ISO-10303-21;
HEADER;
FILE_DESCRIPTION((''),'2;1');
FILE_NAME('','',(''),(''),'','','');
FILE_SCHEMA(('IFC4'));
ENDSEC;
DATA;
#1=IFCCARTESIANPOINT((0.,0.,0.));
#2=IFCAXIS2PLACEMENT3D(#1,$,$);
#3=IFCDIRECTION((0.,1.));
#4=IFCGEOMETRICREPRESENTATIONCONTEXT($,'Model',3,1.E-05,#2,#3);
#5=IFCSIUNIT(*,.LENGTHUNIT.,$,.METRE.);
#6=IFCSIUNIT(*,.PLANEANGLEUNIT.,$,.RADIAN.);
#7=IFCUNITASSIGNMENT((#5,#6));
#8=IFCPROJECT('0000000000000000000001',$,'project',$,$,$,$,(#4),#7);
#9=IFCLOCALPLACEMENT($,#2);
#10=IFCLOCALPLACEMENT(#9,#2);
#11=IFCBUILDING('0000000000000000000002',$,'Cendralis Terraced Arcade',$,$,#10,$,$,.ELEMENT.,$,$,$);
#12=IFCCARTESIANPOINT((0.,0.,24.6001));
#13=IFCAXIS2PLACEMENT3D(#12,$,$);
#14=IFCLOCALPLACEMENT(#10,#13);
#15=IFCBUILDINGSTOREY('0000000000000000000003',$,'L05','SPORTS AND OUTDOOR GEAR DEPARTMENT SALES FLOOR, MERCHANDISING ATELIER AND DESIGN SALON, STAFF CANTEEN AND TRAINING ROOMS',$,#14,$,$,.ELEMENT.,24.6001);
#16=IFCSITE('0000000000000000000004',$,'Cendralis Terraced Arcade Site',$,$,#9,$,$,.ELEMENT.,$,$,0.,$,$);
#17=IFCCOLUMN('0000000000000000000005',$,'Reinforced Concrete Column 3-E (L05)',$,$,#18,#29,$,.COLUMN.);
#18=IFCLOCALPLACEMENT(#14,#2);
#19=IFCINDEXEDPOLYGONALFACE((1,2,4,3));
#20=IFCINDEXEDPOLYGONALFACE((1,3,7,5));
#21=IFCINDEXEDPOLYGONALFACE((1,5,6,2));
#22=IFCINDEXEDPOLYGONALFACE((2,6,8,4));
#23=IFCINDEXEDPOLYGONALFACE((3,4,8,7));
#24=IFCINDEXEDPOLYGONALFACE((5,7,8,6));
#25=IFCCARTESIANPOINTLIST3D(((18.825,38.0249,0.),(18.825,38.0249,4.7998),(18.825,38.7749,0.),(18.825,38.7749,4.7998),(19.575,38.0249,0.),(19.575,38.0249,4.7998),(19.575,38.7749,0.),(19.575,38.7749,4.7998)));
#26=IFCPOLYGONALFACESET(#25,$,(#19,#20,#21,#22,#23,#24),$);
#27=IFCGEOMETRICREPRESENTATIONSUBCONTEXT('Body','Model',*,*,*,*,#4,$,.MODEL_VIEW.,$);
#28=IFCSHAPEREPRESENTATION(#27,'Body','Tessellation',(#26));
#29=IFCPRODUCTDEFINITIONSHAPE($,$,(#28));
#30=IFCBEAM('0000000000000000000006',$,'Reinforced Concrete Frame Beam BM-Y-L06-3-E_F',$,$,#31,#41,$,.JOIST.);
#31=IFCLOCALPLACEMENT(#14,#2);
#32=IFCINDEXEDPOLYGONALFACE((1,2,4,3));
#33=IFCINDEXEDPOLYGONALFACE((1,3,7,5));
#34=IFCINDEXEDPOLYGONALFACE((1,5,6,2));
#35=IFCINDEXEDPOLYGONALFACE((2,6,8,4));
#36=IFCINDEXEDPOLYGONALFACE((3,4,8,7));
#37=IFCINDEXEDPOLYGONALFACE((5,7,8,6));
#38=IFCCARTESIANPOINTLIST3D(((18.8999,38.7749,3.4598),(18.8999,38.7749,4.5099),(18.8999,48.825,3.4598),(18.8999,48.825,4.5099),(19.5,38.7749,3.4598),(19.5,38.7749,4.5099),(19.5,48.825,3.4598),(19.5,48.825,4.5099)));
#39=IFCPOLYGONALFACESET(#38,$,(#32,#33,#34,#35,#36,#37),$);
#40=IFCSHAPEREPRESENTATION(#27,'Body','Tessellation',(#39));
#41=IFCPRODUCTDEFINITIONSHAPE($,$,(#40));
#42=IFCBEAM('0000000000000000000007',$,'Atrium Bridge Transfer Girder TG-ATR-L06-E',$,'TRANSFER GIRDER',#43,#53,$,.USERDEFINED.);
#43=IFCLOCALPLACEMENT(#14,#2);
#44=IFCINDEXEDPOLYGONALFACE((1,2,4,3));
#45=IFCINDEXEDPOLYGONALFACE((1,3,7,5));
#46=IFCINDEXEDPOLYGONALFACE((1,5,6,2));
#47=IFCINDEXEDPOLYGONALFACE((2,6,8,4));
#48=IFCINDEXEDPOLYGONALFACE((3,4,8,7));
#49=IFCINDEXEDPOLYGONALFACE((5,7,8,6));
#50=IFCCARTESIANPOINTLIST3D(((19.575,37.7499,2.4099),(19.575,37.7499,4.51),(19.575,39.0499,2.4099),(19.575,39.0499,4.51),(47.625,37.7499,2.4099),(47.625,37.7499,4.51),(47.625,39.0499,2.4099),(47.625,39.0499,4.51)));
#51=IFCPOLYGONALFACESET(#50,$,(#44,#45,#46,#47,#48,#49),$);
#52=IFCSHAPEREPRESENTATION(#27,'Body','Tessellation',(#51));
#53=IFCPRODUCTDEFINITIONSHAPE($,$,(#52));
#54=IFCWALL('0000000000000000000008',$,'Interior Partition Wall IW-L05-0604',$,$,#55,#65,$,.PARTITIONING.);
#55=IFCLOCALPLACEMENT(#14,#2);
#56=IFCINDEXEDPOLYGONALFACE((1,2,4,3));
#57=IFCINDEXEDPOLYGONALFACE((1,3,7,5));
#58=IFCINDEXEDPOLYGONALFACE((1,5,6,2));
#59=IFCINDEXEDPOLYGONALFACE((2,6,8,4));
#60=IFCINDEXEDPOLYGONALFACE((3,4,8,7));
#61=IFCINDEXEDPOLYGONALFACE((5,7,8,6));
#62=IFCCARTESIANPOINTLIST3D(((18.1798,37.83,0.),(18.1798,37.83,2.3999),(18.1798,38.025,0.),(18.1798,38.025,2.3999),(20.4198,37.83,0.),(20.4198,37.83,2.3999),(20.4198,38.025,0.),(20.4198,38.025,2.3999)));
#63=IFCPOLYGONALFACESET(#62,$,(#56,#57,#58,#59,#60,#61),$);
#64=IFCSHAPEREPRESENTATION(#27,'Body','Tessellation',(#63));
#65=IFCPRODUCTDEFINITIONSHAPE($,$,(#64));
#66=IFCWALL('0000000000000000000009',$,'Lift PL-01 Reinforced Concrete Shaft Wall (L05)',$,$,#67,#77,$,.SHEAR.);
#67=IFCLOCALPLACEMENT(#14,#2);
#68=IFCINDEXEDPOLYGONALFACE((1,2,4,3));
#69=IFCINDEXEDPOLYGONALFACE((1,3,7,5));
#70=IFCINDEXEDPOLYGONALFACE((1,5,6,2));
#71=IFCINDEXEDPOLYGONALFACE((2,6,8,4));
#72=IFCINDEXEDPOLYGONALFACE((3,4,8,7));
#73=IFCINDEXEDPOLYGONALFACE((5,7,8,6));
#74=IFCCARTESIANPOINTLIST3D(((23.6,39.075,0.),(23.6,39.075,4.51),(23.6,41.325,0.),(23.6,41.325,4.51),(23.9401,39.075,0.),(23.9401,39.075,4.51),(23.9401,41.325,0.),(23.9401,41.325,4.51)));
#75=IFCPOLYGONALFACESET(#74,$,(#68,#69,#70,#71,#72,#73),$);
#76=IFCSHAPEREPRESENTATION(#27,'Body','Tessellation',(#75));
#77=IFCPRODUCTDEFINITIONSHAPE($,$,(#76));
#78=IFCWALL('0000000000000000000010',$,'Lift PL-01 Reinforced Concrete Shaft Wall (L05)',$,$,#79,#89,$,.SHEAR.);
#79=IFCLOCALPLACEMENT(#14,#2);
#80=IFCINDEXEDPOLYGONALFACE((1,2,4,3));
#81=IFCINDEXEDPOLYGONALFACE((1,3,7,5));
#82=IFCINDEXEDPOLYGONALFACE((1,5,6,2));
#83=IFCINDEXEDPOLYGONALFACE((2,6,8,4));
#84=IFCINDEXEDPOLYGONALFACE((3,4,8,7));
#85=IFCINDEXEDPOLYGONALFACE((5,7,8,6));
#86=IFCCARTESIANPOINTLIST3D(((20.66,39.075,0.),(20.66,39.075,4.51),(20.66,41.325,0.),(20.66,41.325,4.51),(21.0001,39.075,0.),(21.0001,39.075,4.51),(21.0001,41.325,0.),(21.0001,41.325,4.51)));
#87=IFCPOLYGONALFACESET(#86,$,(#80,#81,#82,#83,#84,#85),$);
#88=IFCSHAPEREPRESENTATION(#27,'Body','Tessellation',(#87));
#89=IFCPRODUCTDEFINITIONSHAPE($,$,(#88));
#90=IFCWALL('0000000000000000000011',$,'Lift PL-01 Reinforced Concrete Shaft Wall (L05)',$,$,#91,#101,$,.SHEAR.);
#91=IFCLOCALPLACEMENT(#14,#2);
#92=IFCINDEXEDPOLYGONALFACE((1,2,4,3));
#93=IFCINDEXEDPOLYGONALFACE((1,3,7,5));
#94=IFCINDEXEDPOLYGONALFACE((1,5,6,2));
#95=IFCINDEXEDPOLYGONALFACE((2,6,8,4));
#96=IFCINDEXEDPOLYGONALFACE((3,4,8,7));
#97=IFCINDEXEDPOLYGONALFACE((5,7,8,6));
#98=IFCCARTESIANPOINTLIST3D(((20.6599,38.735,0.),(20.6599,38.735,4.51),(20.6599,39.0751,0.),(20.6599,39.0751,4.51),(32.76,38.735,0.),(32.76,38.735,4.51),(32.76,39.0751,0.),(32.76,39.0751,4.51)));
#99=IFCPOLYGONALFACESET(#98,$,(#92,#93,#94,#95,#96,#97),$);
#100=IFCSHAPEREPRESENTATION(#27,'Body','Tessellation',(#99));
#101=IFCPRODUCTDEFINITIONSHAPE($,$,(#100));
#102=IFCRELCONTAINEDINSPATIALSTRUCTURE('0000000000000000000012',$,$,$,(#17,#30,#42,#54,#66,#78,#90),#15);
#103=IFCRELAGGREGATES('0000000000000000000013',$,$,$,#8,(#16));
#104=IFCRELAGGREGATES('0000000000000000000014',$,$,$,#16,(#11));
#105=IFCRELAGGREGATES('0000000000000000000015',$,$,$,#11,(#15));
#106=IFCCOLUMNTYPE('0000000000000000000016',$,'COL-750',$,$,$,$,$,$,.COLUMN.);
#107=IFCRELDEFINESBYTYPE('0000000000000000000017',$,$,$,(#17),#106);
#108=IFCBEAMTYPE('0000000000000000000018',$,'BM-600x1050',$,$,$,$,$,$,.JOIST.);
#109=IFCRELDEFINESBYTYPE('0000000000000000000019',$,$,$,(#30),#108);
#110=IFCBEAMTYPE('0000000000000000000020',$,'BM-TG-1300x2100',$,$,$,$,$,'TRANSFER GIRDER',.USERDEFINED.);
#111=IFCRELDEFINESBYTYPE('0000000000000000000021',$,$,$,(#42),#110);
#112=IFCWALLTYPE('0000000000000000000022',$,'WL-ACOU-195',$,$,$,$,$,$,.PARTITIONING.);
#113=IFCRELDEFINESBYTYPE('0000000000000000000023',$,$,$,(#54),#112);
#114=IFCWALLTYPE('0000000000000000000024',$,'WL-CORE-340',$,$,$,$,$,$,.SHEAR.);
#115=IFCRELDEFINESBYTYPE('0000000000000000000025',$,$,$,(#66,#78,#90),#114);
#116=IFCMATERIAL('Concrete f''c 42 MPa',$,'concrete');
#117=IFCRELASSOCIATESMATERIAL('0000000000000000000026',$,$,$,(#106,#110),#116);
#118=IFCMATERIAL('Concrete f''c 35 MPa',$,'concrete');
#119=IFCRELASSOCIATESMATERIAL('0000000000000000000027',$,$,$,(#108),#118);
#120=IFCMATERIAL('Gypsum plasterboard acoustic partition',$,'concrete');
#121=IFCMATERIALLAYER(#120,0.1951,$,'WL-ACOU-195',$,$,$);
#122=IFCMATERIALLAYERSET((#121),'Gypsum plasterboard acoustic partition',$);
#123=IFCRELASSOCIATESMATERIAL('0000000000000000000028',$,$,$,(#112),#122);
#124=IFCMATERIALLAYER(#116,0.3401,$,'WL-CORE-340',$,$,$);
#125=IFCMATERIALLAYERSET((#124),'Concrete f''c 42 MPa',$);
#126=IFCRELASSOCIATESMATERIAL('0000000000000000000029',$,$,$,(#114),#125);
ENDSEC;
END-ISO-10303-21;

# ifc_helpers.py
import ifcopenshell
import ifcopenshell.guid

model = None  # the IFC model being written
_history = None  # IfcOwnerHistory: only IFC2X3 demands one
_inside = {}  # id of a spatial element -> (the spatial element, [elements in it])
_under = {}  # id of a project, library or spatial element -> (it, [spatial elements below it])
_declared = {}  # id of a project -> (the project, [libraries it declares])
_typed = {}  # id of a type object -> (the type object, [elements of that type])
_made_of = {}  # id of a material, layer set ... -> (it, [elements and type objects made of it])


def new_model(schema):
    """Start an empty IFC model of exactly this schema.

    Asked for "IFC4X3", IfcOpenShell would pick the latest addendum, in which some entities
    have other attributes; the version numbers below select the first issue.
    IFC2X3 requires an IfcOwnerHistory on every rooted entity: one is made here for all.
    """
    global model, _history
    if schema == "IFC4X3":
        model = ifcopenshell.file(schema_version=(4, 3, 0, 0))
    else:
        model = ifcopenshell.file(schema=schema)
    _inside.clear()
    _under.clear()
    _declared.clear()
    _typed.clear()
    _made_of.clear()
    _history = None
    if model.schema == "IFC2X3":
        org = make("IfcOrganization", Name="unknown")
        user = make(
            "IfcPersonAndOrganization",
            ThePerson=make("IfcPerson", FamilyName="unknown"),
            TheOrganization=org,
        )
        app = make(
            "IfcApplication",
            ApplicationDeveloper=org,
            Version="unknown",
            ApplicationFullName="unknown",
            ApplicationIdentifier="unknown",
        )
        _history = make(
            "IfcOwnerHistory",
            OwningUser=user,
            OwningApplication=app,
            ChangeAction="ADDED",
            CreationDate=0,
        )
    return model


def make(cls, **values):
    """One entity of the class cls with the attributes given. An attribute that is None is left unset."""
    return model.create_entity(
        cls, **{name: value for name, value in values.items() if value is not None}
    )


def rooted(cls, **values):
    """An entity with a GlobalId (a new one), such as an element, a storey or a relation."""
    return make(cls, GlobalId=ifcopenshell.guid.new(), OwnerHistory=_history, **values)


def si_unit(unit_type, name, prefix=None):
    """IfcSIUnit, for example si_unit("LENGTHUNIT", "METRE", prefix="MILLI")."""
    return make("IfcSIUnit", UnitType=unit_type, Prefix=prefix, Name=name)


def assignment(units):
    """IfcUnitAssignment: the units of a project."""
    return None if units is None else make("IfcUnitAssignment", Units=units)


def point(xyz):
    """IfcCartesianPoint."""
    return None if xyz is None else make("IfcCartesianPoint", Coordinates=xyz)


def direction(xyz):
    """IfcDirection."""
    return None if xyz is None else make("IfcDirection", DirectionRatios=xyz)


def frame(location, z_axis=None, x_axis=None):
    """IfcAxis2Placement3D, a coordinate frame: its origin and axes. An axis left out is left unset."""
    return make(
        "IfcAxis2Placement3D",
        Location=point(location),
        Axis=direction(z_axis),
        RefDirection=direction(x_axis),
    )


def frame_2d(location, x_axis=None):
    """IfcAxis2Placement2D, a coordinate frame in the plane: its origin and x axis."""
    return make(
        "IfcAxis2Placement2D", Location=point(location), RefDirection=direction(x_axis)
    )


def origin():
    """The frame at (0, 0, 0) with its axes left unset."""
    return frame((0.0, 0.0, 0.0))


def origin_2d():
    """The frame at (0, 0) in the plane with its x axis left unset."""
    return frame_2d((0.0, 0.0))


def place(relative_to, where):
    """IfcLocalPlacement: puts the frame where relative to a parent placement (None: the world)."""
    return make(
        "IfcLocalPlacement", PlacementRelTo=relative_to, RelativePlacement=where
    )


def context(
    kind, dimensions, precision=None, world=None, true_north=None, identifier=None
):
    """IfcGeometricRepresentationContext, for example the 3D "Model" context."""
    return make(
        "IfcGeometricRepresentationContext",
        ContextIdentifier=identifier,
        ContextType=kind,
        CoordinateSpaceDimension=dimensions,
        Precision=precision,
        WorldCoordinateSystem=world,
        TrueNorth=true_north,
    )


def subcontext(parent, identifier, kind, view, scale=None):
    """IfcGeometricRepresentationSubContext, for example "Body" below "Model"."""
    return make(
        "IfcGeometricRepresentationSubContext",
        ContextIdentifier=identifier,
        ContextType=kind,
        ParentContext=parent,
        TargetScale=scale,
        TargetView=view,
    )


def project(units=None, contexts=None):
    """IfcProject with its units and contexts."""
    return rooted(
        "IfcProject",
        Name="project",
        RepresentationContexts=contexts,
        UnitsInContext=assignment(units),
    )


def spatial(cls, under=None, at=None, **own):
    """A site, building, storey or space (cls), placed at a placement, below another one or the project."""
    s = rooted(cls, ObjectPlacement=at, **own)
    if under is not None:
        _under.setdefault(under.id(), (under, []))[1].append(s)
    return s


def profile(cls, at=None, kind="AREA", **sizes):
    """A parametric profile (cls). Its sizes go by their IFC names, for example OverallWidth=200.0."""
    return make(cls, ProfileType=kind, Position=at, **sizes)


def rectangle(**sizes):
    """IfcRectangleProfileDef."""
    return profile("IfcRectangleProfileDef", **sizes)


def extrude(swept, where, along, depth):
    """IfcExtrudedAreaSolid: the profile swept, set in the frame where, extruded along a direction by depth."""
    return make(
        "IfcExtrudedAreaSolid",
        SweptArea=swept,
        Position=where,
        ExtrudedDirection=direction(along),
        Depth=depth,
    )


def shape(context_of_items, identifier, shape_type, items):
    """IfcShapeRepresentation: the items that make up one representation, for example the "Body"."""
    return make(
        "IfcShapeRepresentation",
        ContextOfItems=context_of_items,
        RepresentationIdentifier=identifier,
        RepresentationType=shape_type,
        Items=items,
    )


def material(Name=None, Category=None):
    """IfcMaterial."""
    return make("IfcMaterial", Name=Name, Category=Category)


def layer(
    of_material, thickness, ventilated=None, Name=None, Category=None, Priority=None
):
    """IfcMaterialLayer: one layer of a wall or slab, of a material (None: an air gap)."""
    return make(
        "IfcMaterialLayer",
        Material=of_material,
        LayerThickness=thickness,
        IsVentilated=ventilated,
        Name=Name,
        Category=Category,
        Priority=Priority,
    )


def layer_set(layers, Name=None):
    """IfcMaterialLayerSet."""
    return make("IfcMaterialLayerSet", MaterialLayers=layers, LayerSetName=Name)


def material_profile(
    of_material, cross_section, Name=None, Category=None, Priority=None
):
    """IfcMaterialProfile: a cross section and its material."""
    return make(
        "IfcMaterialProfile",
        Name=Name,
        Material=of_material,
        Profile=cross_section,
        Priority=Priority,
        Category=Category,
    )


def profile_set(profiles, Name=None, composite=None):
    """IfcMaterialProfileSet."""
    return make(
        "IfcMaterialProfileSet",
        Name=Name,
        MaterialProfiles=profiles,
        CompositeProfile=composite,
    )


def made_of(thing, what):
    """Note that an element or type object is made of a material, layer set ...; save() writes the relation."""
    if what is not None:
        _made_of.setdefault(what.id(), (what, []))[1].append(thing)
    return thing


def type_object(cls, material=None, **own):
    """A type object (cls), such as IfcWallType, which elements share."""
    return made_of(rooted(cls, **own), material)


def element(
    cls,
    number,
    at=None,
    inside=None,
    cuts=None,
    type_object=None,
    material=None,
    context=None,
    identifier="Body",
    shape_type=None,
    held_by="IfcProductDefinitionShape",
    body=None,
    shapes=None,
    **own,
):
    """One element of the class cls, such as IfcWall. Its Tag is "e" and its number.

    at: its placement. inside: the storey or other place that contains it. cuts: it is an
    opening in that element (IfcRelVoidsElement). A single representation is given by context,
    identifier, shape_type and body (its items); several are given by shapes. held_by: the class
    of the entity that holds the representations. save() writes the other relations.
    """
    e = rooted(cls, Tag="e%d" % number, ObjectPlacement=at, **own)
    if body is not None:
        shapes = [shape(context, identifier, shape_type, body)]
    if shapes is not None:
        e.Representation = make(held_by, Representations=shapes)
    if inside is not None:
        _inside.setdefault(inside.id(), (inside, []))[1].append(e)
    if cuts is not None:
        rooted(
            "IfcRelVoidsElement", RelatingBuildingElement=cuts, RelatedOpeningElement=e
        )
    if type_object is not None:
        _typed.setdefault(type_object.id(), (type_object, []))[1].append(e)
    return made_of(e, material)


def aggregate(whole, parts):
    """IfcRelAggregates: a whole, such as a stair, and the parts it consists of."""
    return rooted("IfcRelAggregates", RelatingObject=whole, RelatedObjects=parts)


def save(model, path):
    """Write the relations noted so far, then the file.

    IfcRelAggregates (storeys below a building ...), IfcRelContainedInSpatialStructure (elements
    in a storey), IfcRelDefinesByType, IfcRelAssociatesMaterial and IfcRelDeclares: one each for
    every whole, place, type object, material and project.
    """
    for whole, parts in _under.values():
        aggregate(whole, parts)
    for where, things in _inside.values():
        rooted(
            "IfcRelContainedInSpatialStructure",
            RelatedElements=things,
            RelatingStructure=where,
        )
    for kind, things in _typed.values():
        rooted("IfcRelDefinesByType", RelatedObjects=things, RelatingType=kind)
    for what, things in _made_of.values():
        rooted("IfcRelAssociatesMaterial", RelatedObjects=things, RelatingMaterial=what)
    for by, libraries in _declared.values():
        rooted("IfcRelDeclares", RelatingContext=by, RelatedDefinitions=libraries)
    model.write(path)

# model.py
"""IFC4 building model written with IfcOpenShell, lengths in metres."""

from ifc_helpers import new_model, si_unit, direction, frame, frame_2d, origin, origin_2d, place, context, subcontext, project, spatial, rectangle, extrude, material, layer, layer_set, material_profile, profile_set, type_object, element, save


model = new_model("IFC4")

# Units and contexts
model_context = context("Model", 3, precision=1e-05, world=origin(), true_north=direction((0.0, 1.0)))
body_context = subcontext(model_context, "Body", "Model", "MODEL_VIEW")
ifc_project = project(units=[si_unit("LENGTHUNIT", "METRE"), si_unit("PLANEANGLEUNIT", "RADIAN")], contexts=[model_context])

# Site, building, storey
site_placement = place(None, origin())
site = spatial("IfcSite", under=ifc_project, at=site_placement, Name="Cendralis Terraced Arcade Site", CompositionType="ELEMENT", RefElevation=0.0)
building_placement = place(site_placement, origin())
building = spatial("IfcBuilding", under=site, at=building_placement, Name="Cendralis Terraced Arcade", CompositionType="ELEMENT")
storey_placement = place(building_placement, frame((0.0, 0.0, 24.6001)))
storey = spatial("IfcBuildingStorey", under=building, at=storey_placement, Name="L05", Description="SPORTS AND OUTDOOR GEAR DEPARTMENT SALES FLOOR, MERCHANDISING ATELIER AND DESIGN SALON, STAFF CANTEEN AND TRAINING ROOMS", CompositionType="ELEMENT", Elevation=24.6001)

# Column
ifc_material_1 = material(Name="Concrete f'c 42 MPa", Category="concrete")
ifc_material_profile_1 = material_profile(ifc_material_1, rectangle(XDim=0.75, YDim=0.75, at=origin_2d()), Name="RC-COL-750x750", Category="LoadBearing")
ifc_profile_set_1 = profile_set([ifc_material_profile_1], Name="Concrete f'c 42 MPa")
column_type = type_object("IfcColumnType", Name="COL-750", PredefinedType="COLUMN", material=ifc_profile_set_1)
column_placement = place(storey_placement, frame((19.2, 38.3999, 0.0), z_axis=(0.0, 0.0, 1.0), x_axis=(1.0, 0.0, 0.0)))
element("IfcColumn", 1, at=column_placement, inside=storey, type_object=column_type, Name="Reinforced Concrete Column 3-E (L05)", PredefinedType="COLUMN", context=body_context, shape_type="SweptSolid", body=[
    extrude(rectangle(XDim=0.75, YDim=0.75, at=origin_2d()), origin(), (0.0, 0.0, 1.0), 4.7998),
])

# Beams
ifc_material_2 = material(Name="Concrete f'c 35 MPa", Category="concrete")
ifc_material_profile_2 = material_profile(ifc_material_2, rectangle(XDim=0.6001, YDim=1.05, at=origin_2d()), Name="RC-BM-600x1050", Category="LoadBearing")
ifc_profile_set_2 = profile_set([ifc_material_profile_2], Name="Concrete f'c 35 MPa")
beam_type_1 = type_object("IfcBeamType", Name="BM-600x1050", PredefinedType="JOIST", material=ifc_profile_set_2)
beam_1_placement = place(storey_placement, frame((19.2, 38.7749, 3.9849), z_axis=(0.0, 1.0, 0.0), x_axis=(-1.0, 0.0, 0.0)))
element("IfcBeam", 2, at=beam_1_placement, inside=storey, type_object=beam_type_1, Name="Reinforced Concrete Frame Beam BM-Y-L06-3-E_F", PredefinedType="JOIST", context=body_context, shape_type="SweptSolid", body=[
    extrude(rectangle(XDim=0.6001, YDim=1.05, at=origin_2d()), origin(), (0.0, 0.0, 1.0), 10.05),
])
ifc_material_profile_3 = material_profile(ifc_material_1, rectangle(XDim=1.3, YDim=2.1001, at=origin_2d()), Name="RC-TG-1300x2100", Category="LoadBearing")
ifc_profile_set_3 = profile_set([ifc_material_profile_3], Name="Concrete f'c 42 MPa")
beam_type_2 = type_object("IfcBeamType", Name="BM-TG-1300x2100", ElementType="TRANSFER GIRDER", PredefinedType="USERDEFINED", material=ifc_profile_set_3)
beam_2_placement = place(storey_placement, frame((19.575, 38.3999, 3.46), z_axis=(1.0, 0.0, 0.0), x_axis=(0.0, 1.0, 0.0)))
element("IfcBeam", 3, at=beam_2_placement, inside=storey, type_object=beam_type_2, Name="Atrium Bridge Transfer Girder TG-ATR-L06-E", ObjectType="TRANSFER GIRDER", PredefinedType="USERDEFINED", context=body_context, shape_type="SweptSolid", body=[
    extrude(rectangle(XDim=1.3, YDim=2.1001, at=origin_2d()), origin(), (0.0, 0.0, 1.0), 28.05),
])

# Walls
ifc_material_3 = material(Name="Gypsum plasterboard acoustic partition", Category="concrete")
ifc_layer_1 = layer(ifc_material_3, 0.1951, Name="WL-ACOU-195")
ifc_layer_set_1 = layer_set([ifc_layer_1], Name="Gypsum plasterboard acoustic partition")
wall_type_1 = type_object("IfcWallType", Name="WL-ACOU-195", PredefinedType="PARTITIONING", material=ifc_layer_set_1)
wall_1_placement = place(storey_placement, frame((20.4199, 37.9275, 0.0), z_axis=(0.0, 0.0, 1.0), x_axis=(-1.0, 0.0, 0.0)))
element("IfcWall", 4, at=wall_1_placement, inside=storey, type_object=wall_type_1, Name="Interior Partition Wall IW-L05-0604", PredefinedType="PARTITIONING", context=body_context, shape_type="SweptSolid", body=[
    extrude(rectangle(XDim=2.24, YDim=0.1951, at=frame_2d((1.1201, 0.0))), origin(), (0.0, 0.0, 1.0), 2.3999),
])
ifc_layer_2 = layer(ifc_material_1, 0.3401, Name="WL-CORE-340")
ifc_layer_set_2 = layer_set([ifc_layer_2], Name="Concrete f'c 42 MPa")
wall_type_2 = type_object("IfcWallType", Name="WL-CORE-340", PredefinedType="SHEAR", material=ifc_layer_set_2)
for number, where, z_axis, x_axis, name in (
    (5, (23.77, 39.075, 0.0), (0.0, 0.0, 1.0), (0.0, 1.0, 0.0), "Lift PL-01 Reinforced Concrete Shaft Wall (L05)"),
    (6, (20.8301, 39.075, 0.0), (0.0, 0.0, 1.0), (0.0, 1.0, 0.0), "Lift PL-01 Reinforced Concrete Shaft Wall (L05)"),
):
    element("IfcWall", number, at=place(storey_placement, frame(where, z_axis=z_axis, x_axis=x_axis)), inside=storey, type_object=wall_type_2, Name=name, PredefinedType="SHEAR", context=body_context, shape_type="SweptSolid", body=[
        extrude(rectangle(XDim=2.25, YDim=0.3401, at=frame_2d((1.125, 0.0))), origin(), (0.0, 0.0, 1.0), 4.51),
    ])
wall_2_placement = place(storey_placement, frame((20.6599, 38.905, 0.0), z_axis=(0.0, 0.0, 1.0), x_axis=(1.0, 0.0, 0.0)))
element("IfcWall", 7, at=wall_2_placement, inside=storey, type_object=wall_type_2, Name="Lift PL-01 Reinforced Concrete Shaft Wall (L05)", PredefinedType="SHEAR", context=body_context, shape_type="SweptSolid", body=[
    extrude(rectangle(XDim=12.1001, YDim=0.3401, at=frame_2d((6.05, 0.0))), origin(), (0.0, 0.0, 1.0), 4.51),
])

save(model, "model.ifc")
